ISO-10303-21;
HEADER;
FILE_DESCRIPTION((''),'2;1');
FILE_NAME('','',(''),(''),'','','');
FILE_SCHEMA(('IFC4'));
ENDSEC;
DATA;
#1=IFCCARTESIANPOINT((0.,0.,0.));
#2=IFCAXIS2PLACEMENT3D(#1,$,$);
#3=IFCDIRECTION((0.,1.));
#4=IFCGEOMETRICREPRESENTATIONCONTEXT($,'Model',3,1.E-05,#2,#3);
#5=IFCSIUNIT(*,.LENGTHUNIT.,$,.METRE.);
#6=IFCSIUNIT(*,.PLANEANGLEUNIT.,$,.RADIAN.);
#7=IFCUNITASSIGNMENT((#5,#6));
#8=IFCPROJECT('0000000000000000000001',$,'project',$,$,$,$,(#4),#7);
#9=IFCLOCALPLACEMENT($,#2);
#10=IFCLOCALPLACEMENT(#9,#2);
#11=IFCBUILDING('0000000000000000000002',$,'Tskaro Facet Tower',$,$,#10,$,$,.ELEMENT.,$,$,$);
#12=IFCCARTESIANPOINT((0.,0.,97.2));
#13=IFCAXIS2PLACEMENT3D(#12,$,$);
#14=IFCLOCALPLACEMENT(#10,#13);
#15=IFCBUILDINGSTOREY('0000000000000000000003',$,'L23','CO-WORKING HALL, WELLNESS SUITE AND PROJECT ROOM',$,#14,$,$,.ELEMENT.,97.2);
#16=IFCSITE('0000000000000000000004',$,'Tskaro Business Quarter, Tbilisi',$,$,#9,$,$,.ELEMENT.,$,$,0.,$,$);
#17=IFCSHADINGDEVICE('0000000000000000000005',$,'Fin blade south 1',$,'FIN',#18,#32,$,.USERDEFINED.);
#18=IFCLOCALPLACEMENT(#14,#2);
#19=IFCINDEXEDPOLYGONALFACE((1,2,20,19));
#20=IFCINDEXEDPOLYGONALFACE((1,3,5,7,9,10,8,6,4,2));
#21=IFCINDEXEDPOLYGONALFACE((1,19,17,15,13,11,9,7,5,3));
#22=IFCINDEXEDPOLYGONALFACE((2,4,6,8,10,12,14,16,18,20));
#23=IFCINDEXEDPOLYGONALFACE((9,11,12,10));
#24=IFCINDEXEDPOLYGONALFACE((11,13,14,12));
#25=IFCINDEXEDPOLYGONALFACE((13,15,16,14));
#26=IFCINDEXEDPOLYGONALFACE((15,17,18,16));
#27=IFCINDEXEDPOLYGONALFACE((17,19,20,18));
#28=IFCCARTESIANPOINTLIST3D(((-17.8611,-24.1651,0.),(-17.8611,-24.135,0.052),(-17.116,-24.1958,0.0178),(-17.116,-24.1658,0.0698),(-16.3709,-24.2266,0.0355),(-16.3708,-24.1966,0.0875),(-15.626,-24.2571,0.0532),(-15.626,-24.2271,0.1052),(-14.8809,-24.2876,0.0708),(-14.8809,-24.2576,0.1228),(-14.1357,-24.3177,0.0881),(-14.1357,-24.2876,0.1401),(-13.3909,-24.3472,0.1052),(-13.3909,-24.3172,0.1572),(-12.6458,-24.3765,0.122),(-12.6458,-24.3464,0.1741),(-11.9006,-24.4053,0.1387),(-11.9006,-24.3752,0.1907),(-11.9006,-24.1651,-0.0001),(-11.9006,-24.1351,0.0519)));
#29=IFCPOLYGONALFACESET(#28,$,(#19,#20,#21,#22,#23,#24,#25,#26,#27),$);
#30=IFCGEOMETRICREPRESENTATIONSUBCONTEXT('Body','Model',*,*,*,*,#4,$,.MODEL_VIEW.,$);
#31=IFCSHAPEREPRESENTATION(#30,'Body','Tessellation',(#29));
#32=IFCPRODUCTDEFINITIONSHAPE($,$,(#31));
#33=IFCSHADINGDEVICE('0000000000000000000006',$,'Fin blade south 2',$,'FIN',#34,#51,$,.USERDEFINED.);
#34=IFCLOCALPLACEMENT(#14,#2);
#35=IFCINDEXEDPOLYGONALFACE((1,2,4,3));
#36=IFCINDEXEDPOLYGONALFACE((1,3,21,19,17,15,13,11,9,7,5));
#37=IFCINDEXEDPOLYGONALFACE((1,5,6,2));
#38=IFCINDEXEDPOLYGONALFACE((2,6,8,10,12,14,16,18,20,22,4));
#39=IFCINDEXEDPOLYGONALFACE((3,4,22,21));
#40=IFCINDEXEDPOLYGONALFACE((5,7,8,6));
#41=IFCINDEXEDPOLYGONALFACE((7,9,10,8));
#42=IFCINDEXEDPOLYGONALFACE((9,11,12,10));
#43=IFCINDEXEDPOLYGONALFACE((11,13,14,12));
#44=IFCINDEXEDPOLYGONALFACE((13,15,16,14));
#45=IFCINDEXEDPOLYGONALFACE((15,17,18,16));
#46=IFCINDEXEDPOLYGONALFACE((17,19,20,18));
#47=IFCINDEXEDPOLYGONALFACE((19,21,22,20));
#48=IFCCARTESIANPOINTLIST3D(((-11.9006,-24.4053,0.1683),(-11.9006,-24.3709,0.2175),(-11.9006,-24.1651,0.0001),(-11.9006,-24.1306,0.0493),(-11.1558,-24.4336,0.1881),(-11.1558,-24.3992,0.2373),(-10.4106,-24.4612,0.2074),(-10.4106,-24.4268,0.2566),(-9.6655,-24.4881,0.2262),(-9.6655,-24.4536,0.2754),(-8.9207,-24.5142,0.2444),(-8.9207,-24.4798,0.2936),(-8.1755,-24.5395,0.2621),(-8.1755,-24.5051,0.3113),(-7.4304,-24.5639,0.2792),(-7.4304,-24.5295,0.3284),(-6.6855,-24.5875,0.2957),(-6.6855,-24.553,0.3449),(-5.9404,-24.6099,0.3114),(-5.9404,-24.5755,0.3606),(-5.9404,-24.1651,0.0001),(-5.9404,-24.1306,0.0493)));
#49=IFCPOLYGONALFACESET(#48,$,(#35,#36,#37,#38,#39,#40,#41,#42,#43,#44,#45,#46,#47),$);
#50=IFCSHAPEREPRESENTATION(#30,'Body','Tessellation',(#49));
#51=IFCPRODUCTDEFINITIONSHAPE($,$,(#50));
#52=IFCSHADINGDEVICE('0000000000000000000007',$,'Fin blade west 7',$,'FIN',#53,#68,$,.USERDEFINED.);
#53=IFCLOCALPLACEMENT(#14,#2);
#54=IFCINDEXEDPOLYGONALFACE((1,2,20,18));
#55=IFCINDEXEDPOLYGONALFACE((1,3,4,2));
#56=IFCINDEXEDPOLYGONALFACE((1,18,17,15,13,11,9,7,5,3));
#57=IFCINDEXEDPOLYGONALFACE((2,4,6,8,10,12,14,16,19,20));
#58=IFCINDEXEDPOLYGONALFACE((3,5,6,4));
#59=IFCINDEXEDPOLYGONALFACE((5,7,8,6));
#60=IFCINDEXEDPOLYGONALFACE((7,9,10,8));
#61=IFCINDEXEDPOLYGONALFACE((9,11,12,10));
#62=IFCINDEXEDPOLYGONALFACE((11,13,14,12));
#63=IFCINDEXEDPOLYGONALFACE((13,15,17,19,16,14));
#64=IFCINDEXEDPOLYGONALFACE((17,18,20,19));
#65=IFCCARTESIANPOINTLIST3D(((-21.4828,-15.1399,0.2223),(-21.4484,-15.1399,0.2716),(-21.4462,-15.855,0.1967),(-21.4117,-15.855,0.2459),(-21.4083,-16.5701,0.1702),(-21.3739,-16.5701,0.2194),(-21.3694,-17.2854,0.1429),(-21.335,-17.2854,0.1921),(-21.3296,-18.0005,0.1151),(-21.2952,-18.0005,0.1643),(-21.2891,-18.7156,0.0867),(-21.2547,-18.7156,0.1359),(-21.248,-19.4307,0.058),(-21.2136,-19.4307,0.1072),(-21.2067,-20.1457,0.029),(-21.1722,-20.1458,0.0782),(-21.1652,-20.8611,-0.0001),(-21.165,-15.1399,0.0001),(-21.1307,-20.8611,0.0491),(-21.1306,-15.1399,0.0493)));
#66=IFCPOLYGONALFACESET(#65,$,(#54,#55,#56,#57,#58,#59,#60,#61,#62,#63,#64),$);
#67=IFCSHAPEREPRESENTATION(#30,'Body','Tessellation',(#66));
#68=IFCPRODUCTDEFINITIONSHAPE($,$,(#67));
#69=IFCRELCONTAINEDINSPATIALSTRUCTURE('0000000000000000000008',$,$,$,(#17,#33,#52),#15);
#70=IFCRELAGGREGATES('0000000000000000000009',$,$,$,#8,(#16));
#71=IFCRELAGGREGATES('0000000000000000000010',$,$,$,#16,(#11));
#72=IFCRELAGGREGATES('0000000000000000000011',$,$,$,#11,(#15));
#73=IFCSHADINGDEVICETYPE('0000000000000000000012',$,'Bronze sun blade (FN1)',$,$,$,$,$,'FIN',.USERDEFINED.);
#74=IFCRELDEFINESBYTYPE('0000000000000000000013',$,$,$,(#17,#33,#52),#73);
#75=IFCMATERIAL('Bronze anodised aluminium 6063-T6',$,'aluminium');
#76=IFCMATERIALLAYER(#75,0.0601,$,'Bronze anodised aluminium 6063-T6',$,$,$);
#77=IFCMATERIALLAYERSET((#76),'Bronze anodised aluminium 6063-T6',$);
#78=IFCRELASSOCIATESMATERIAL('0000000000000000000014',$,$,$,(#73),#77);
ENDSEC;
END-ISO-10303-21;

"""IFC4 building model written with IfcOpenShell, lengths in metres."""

from ifc_helpers import new_model, si_unit, direction, frame, origin, place, context, subcontext, project, spatial, polyline, outline, extrude, material, layer, layer_set, type_object, element, save


model = new_model("IFC4")

# Units and contexts
model_context = context("Model", 3, precision=1e-05, world=origin(), true_north=direction((0.0, 1.0)))
body_context = subcontext(model_context, "Body", "Model", "MODEL_VIEW")
ifc_project = project(units=[si_unit("LENGTHUNIT", "METRE"), si_unit("PLANEANGLEUNIT", "RADIAN")], contexts=[model_context])

# Site, building, storey
site_placement = place(None, origin())
site = spatial("IfcSite", under=ifc_project, at=site_placement, Name="Tskaro Business Quarter, Tbilisi", CompositionType="ELEMENT", RefElevation=0.0)
building_placement = place(site_placement, origin())
building = spatial("IfcBuilding", under=site, at=building_placement, Name="Tskaro Facet Tower", CompositionType="ELEMENT")
storey_placement = place(building_placement, frame((0.0, 0.0, 97.2)))
storey = spatial("IfcBuildingStorey", under=building, at=storey_placement, Name="L23", Description="CO-WORKING HALL, WELLNESS SUITE AND PROJECT ROOM", CompositionType="ELEMENT", Elevation=97.2)

# Shared definitions
ifc_material_1 = material(Name="Bronze anodised aluminium 6063-T6", Category="aluminium")

# Shading devices
ifc_layer_1 = layer(ifc_material_1, 0.0601, Name="Bronze anodised aluminium 6063-T6")
ifc_layer_set_1 = layer_set([ifc_layer_1], Name="Bronze anodised aluminium 6063-T6")
shading_device_type = type_object("IfcShadingDeviceType", Name="Bronze sun blade (FN1)", ElementType="FIN", PredefinedType="USERDEFINED", material=ifc_layer_set_1)
shading_device_1_placement = place(storey_placement, frame((-17.8611, -24.135, 0.052), z_axis=(0.000019, 0.500274, 0.865867), x_axis=(1.0, -0.000009, -0.000016)))
element("IfcShadingDevice", 1, at=shading_device_1_placement, inside=storey, type_object=shading_device_type, Name="Fin blade south 1", ObjectType="FIN", PredefinedType="USERDEFINED", context=body_context, shape_type="SweptSolid", body=[
    extrude(outline(polyline([(0.0, 0.0), (5.9604, 0.0), (5.9604, -0.2774), (5.2153, -0.2441), (4.4702, -0.2103), (3.7253, -0.1762), (2.9802, -0.1415), (2.2351, -0.1063), (1.4902, -0.0711), (0.7451, -0.0356), (0.0, 0.0)])), origin(), (0.0, 0.0, -1.0), 0.0601),
])
shading_device_2_placement = place(storey_placement, frame((-11.9006, -24.1306, 0.0493), z_axis=(0.000006, 0.57337, 0.819296), x_axis=(1.0, -0.000004, -0.000005)))
element("IfcShadingDevice", 2, at=shading_device_2_placement, inside=storey, type_object=shading_device_type, Name="Fin blade south 2", ObjectType="FIN", PredefinedType="USERDEFINED", context=body_context, shape_type="SweptSolid", body=[
    extrude(outline(polyline([(0.0, 0.0), (5.9602, 0.0), (5.9602, -0.5429), (5.2151, -0.5156), (4.4702, -0.4868), (3.7251, -0.457), (2.98, -0.4262), (2.2351, -0.3943), (1.49, -0.3615), (0.7449, -0.3278), (0.0, -0.2933), (0.0, 0.0)])), origin(), (0.0, 0.0, -1.0), 0.0601),
])
shading_device_3_placement = place(storey_placement, frame((-21.1306, -15.1399, 0.0493), z_axis=(0.573147, -0.000037, 0.819452), x_axis=(-0.000021, -1.0, -0.00003)))
element("IfcShadingDevice", 3, at=shading_device_3_placement, inside=storey, type_object=shading_device_type, Name="Fin blade west 7", ObjectType="FIN", PredefinedType="USERDEFINED", context=body_context, shape_type="SweptSolid", body=[
    extrude(outline(polyline([(0.0, 0.0), (5.7212, 0.0), (5.0059, -0.0507), (4.2908, -0.1012), (3.5757, -0.1513), (2.8606, -0.2007), (2.1455, -0.2493), (1.4302, -0.2968), (0.7151, -0.3431), (0.0, -0.3878), (0.0, 0.0)])), origin(), (0.0, 0.0, -1.0), 0.0601),
])

save(model, "model.ifc")
